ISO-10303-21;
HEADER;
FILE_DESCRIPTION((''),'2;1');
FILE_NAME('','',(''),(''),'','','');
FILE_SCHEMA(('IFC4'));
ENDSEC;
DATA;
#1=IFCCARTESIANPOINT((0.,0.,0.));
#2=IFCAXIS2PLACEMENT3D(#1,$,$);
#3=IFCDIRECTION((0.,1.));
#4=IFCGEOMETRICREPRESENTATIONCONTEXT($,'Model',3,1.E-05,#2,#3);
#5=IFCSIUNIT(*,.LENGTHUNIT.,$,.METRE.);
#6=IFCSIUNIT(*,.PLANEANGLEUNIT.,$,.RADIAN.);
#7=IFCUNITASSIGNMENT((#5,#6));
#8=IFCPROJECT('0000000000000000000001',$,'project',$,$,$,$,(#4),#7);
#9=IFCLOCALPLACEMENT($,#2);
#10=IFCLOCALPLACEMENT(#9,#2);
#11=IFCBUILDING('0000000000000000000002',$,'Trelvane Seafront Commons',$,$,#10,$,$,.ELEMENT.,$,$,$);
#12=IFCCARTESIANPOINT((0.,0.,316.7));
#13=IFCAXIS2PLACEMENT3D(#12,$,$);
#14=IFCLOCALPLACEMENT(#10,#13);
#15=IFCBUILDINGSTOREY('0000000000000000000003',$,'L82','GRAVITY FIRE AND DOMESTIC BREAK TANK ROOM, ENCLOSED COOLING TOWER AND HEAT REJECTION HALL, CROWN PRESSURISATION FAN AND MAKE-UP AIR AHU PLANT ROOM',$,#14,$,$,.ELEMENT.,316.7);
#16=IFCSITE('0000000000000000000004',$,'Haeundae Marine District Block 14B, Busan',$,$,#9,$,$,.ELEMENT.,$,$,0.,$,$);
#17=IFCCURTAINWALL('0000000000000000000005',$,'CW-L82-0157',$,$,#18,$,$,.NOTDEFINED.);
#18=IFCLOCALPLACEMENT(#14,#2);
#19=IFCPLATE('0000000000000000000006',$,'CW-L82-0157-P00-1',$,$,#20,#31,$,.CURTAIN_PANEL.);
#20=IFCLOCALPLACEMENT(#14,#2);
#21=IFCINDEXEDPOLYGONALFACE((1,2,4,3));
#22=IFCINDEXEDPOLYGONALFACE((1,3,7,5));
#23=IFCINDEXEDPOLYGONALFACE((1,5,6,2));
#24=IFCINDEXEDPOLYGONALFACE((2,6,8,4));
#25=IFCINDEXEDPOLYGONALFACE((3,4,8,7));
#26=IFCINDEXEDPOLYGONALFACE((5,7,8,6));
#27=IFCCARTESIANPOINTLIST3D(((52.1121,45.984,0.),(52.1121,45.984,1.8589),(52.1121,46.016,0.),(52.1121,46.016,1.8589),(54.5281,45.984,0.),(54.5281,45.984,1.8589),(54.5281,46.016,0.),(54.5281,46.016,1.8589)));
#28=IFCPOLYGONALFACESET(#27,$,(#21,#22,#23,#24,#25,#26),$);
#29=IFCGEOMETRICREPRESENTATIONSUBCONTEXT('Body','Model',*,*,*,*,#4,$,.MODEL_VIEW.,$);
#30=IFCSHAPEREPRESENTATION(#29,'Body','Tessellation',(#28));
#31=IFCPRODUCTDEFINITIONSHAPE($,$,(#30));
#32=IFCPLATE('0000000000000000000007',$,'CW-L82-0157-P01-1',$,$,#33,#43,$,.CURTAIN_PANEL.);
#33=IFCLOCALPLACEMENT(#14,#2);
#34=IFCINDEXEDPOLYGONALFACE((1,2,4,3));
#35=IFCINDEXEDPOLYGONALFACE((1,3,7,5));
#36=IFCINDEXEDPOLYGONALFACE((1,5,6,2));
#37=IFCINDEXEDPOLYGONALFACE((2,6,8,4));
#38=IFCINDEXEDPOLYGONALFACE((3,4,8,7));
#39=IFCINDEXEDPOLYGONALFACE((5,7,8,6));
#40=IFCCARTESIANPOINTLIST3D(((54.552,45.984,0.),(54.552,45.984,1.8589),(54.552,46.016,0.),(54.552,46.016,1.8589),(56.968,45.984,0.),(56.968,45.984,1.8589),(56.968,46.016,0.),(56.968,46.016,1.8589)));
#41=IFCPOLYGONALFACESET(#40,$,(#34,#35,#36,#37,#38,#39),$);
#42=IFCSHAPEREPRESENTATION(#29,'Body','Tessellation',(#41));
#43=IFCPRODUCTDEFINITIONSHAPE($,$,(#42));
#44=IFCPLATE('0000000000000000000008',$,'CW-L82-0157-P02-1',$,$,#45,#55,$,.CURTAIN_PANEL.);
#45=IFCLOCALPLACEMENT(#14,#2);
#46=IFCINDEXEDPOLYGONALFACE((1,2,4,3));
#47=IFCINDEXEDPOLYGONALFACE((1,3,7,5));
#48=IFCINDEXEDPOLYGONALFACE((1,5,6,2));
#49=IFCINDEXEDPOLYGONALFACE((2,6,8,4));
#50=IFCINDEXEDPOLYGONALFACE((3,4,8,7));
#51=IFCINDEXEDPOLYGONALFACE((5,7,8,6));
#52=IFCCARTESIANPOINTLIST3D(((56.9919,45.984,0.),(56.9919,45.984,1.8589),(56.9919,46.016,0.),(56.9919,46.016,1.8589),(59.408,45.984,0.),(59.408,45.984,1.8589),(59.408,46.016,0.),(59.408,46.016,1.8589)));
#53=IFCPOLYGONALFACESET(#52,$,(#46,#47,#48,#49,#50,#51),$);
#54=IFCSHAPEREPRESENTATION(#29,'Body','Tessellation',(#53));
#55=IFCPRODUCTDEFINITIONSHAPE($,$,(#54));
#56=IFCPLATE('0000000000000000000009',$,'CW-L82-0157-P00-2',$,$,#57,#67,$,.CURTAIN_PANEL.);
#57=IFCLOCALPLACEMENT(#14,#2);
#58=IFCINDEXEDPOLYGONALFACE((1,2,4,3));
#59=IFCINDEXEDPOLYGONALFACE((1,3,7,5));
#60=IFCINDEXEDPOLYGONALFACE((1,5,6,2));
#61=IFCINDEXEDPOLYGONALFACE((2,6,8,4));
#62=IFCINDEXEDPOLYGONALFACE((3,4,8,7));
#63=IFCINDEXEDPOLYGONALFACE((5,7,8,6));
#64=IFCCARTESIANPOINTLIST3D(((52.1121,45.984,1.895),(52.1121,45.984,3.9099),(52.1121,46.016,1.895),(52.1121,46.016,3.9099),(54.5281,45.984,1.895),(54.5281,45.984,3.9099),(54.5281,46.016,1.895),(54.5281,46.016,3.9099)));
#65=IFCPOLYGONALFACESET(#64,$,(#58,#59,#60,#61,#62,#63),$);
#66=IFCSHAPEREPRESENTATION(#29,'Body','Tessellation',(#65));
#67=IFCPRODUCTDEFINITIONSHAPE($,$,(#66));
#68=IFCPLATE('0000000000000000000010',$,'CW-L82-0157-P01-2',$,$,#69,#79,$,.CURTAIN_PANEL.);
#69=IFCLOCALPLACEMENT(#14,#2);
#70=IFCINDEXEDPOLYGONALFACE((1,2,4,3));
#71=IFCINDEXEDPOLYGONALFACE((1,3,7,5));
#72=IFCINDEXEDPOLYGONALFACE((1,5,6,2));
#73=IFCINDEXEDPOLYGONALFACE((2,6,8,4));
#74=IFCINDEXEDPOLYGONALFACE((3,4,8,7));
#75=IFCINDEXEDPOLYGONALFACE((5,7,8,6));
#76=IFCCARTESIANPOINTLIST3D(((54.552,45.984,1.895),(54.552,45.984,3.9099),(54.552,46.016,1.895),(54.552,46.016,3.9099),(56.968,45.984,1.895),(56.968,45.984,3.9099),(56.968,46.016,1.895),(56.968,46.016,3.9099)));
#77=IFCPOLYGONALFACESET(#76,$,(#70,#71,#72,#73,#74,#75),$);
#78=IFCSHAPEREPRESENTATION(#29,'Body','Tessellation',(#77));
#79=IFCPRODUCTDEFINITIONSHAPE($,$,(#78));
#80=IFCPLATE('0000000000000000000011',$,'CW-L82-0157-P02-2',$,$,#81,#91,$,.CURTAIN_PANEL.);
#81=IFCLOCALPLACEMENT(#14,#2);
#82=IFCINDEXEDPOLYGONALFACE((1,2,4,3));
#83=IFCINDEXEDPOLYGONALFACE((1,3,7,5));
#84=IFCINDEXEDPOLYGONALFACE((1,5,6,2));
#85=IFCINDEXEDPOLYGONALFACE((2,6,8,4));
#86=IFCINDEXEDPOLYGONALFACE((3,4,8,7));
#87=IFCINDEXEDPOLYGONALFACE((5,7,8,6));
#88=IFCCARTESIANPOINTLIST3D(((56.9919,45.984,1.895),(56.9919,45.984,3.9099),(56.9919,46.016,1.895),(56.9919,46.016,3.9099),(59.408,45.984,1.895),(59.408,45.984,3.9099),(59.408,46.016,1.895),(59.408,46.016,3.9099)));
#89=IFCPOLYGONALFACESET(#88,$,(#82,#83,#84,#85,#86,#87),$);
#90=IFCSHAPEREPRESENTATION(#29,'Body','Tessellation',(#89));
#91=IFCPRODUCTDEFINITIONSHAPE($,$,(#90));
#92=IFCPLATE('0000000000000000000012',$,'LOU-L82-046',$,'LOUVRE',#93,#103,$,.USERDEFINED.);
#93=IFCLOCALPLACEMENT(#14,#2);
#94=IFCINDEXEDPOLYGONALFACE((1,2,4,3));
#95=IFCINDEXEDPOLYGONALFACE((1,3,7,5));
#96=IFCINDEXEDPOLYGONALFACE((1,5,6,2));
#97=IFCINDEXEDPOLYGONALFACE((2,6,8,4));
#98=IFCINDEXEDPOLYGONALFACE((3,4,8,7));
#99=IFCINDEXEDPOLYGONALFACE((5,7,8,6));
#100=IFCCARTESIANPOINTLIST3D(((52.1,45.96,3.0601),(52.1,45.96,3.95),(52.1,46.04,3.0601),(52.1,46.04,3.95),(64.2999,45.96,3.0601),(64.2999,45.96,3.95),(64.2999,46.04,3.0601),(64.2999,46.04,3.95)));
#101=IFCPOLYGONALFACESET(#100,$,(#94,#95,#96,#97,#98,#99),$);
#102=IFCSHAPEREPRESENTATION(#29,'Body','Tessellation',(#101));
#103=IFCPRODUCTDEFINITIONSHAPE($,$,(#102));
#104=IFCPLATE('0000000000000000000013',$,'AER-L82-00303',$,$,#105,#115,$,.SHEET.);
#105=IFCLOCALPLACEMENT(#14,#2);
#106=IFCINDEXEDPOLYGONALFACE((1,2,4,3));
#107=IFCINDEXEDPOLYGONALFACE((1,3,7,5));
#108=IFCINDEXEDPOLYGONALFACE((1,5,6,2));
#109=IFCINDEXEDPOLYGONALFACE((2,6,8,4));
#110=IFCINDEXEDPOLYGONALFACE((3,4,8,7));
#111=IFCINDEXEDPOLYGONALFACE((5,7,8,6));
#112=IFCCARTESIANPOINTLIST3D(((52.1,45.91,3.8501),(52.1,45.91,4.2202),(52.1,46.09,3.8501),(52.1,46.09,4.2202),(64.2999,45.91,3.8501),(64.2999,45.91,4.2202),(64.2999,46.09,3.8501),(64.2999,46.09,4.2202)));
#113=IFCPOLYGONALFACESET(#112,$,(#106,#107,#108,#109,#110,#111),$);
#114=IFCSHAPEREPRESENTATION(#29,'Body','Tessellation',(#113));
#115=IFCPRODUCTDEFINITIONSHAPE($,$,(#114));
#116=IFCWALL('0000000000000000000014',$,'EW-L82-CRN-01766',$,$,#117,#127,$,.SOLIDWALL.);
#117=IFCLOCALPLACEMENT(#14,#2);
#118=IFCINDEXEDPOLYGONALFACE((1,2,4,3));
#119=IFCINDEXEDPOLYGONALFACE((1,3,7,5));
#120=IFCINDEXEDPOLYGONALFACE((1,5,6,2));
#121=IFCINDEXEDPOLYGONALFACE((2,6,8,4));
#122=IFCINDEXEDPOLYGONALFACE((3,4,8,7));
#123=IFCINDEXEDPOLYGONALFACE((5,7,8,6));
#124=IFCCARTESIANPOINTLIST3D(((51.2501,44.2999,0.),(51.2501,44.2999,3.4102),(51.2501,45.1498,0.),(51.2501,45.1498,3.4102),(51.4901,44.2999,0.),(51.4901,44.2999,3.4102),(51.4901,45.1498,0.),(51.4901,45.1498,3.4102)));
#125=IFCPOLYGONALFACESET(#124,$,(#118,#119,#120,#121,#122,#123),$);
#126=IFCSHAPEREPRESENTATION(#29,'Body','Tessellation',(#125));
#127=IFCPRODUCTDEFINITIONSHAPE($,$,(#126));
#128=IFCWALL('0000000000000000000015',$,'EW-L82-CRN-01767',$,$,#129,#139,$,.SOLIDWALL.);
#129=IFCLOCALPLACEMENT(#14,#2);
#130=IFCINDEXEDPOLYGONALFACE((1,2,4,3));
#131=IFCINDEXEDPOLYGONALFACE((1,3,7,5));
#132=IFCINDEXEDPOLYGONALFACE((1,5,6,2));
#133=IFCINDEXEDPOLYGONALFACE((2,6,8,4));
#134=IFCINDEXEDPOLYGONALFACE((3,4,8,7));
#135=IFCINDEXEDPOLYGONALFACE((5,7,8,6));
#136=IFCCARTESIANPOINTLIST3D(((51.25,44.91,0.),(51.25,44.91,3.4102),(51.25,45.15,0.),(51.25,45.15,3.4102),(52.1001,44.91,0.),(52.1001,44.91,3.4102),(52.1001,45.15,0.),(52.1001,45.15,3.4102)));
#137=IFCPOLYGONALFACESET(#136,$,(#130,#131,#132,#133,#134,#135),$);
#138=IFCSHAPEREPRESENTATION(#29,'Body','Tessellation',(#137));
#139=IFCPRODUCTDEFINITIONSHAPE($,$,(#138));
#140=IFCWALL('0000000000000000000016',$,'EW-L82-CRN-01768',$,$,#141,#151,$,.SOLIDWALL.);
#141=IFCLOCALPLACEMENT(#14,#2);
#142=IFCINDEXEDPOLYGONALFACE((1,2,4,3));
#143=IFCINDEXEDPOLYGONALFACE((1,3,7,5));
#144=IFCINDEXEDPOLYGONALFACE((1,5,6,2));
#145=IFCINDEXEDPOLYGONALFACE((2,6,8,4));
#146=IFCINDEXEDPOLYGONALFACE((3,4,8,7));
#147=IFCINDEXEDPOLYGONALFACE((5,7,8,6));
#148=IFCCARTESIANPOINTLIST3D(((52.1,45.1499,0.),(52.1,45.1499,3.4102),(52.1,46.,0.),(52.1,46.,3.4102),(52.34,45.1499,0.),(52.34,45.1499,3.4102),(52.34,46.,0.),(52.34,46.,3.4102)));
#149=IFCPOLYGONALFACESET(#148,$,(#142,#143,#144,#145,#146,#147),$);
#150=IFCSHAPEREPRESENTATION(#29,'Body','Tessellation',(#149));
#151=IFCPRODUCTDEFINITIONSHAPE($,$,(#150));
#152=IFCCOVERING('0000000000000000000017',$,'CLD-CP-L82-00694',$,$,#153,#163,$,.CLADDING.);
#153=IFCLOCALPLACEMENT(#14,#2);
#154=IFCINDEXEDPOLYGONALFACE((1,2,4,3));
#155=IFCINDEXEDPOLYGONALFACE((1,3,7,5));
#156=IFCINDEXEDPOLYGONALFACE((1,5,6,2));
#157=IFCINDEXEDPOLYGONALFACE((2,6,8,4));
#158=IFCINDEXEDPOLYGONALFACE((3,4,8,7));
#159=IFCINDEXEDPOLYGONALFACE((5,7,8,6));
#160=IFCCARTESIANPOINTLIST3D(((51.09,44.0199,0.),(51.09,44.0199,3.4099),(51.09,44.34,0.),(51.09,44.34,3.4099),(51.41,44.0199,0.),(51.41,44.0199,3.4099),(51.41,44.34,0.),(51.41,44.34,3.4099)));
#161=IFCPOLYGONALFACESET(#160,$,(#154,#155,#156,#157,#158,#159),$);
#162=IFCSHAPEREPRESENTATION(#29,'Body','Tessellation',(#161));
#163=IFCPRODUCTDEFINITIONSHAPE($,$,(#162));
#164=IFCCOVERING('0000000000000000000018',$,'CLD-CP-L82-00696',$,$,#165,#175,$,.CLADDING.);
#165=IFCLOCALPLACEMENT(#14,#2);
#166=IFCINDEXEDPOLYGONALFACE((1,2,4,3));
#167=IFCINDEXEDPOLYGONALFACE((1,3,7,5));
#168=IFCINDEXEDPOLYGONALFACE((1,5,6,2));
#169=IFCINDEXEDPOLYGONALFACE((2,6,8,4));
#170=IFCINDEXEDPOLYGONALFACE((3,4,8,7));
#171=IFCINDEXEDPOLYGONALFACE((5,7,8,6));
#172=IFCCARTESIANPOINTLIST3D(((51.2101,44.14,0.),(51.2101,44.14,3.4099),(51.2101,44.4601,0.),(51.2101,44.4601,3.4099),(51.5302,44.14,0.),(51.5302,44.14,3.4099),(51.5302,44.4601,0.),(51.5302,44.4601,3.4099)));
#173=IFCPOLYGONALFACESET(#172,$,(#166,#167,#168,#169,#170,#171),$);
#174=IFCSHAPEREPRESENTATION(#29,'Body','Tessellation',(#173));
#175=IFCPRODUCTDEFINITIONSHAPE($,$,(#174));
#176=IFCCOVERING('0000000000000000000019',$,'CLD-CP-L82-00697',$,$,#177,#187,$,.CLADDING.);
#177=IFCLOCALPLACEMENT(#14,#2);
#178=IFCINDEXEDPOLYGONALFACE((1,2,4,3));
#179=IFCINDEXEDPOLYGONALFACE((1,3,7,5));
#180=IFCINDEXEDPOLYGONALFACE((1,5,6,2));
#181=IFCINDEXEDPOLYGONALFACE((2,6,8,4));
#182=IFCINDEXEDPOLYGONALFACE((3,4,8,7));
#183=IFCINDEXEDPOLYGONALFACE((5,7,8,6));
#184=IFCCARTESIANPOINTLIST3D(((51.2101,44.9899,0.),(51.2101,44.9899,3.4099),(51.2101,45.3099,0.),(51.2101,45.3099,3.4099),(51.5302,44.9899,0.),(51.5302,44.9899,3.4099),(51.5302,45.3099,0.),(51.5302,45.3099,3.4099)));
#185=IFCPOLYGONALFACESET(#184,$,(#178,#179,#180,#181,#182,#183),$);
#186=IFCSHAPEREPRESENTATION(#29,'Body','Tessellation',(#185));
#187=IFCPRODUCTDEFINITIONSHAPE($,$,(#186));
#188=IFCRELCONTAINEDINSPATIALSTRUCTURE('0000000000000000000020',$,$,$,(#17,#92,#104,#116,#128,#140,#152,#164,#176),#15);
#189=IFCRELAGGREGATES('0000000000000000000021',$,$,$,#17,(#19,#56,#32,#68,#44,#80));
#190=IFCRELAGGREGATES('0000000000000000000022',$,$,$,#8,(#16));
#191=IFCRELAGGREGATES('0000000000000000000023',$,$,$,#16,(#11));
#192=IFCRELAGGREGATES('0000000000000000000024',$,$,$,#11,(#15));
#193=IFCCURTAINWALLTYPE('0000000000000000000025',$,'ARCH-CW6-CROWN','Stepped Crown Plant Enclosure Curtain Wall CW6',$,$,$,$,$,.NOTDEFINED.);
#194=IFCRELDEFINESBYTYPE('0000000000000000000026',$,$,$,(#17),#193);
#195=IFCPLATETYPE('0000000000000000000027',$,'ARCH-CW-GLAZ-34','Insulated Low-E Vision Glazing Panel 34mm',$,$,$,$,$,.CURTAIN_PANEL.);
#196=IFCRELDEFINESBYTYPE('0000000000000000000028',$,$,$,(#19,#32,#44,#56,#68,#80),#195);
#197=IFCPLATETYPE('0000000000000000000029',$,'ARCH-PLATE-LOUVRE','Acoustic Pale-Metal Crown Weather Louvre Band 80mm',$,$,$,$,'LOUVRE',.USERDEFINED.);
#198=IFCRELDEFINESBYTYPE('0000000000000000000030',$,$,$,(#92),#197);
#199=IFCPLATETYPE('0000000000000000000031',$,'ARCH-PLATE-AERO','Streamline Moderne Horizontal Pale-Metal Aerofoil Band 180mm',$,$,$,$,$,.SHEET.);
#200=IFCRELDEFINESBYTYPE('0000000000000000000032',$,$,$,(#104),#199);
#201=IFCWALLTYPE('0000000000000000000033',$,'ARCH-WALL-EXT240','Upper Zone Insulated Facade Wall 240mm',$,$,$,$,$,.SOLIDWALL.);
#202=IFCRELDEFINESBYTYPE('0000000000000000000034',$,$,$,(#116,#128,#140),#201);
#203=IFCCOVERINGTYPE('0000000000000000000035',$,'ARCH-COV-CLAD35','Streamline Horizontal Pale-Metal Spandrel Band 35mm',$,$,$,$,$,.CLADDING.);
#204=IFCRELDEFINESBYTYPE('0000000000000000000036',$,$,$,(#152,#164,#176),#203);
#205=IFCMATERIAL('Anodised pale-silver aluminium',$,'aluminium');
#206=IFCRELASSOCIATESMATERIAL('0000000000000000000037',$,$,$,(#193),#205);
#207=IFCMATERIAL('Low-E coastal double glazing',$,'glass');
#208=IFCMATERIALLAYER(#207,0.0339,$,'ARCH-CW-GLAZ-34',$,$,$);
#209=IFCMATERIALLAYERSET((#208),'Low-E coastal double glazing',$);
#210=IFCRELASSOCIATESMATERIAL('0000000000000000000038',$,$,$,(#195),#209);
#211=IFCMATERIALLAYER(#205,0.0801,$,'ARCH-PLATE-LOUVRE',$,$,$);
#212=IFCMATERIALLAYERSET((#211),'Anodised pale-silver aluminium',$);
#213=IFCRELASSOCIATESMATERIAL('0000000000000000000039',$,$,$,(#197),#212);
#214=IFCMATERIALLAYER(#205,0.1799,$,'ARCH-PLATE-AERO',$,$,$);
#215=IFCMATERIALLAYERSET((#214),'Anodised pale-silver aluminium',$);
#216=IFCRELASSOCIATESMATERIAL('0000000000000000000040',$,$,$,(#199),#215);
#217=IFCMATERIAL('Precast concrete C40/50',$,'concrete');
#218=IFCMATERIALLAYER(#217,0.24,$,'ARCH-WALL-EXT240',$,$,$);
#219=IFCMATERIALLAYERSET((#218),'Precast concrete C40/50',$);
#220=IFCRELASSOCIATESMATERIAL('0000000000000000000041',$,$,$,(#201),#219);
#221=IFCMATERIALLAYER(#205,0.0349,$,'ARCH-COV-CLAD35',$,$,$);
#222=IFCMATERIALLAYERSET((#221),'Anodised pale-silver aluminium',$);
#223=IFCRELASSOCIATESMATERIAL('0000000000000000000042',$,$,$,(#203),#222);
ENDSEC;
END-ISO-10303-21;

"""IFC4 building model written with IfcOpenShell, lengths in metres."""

from ifc_helpers import new_model, si_unit, direction, frame, frame_2d, origin, origin_2d, place, context, subcontext, project, spatial, rectangle, extrude, source, transform, mapped, material, layer, layer_set, type_object, element, aggregate, save


model = new_model("IFC4")

# Units and contexts
model_context = context("Model", 3, precision=1e-05, world=origin(), true_north=direction((0.0, 1.0)))
body_context = subcontext(model_context, "Body", "Model", "MODEL_VIEW")
ifc_project = project(units=[si_unit("LENGTHUNIT", "METRE"), si_unit("PLANEANGLEUNIT", "RADIAN")], contexts=[model_context])

# Site, building, storey
site_placement = place(None, origin())
site = spatial("IfcSite", under=ifc_project, at=site_placement, Name="Haeundae Marine District Block 14B, Busan", CompositionType="ELEMENT", RefElevation=0.0)
building_placement = place(site_placement, origin())
building = spatial("IfcBuilding", under=site, at=building_placement, Name="Trelvane Seafront Commons", CompositionType="ELEMENT")
storey_placement = place(building_placement, frame((0.0, 0.0, 316.7)))
storey = spatial("IfcBuildingStorey", under=building, at=storey_placement, Name="L82", Description="GRAVITY FIRE AND DOMESTIC BREAK TANK ROOM, ENCLOSED COOLING TOWER AND HEAT REJECTION HALL, CROWN PRESSURISATION FAN AND MAKE-UP AIR AHU PLANT ROOM", CompositionType="ELEMENT", Elevation=316.7)

# Curtain wall, plates
ifc_material_1 = material(Name="Anodised pale-silver aluminium", Category="aluminium")
curtain_wall_type = type_object("IfcCurtainWallType", Name="ARCH-CW6-CROWN", Description="Stepped Crown Plant Enclosure Curtain Wall CW6", PredefinedType="NOTDEFINED", material=ifc_material_1)
curtain_wall_placement = place(storey_placement, origin())
curtain_wall = element("IfcCurtainWall", 1, at=curtain_wall_placement, inside=storey, type_object=curtain_wall_type, Name="CW-L82-0157", PredefinedType="NOTDEFINED")
ifc_material_2 = material(Name="Low-E coastal double glazing", Category="glass")
ifc_layer_1 = layer(ifc_material_2, 0.0339, Name="ARCH-CW-GLAZ-34")
ifc_layer_set_1 = layer_set([ifc_layer_1], Name="Low-E coastal double glazing")
plate_type_1 = type_object("IfcPlateType", Name="ARCH-CW-GLAZ-34", Description="Insulated Low-E Vision Glazing Panel 34mm", PredefinedType="CURTAIN_PANEL", material=ifc_layer_set_1)
shared_shape_1 = source(origin(), body_context, "Body", "SweptSolid", [
    extrude(rectangle(XDim=2.416, YDim=0.032, at=origin_2d()), origin(), (0.0, 0.0, 1.0), 1.8589),
])
plate_1_placement = place(storey_placement, frame((53.3201, 46.0, 0.0), z_axis=(0.0, 0.0, 1.0), x_axis=(1.0, 0.0, 0.0)))
plate_1 = element("IfcPlate", 2, at=plate_1_placement, type_object=plate_type_1, Name="CW-L82-0157-P00-1", PredefinedType="CURTAIN_PANEL", context=body_context, shape_type="MappedRepresentation", body=[
    mapped(shared_shape_1, transform((0.0, 0.0, 0.0), x_axis=(1.0, 0.0, 0.0), y_axis=(0.0, 1.0, 0.0), z_axis=(0.0, 0.0, 1.0), scale=1.0)),
])
plate_2_placement = place(storey_placement, frame((55.76, 46.0, 0.0), z_axis=(0.0, 0.0, 1.0), x_axis=(1.0, 0.0, 0.0)))
plate_2 = element("IfcPlate", 3, at=plate_2_placement, type_object=plate_type_1, Name="CW-L82-0157-P01-1", PredefinedType="CURTAIN_PANEL", context=body_context, shape_type="MappedRepresentation", body=[
    mapped(shared_shape_1, transform((0.0, 0.0, 0.0), x_axis=(1.0, 0.0, 0.0), y_axis=(0.0, 1.0, 0.0), z_axis=(0.0, 0.0, 1.0), scale=1.0)),
])
plate_3_placement = place(storey_placement, frame((58.2, 46.0, 0.0), z_axis=(0.0, 0.0, 1.0), x_axis=(1.0, 0.0, 0.0)))
plate_3 = element("IfcPlate", 4, at=plate_3_placement, type_object=plate_type_1, Name="CW-L82-0157-P02-1", PredefinedType="CURTAIN_PANEL", context=body_context, shape_type="MappedRepresentation", body=[
    mapped(shared_shape_1, transform((0.0, 0.0, 0.0), x_axis=(1.0, 0.0, 0.0), y_axis=(0.0, 1.0, 0.0), z_axis=(0.0, 0.0, 1.0), scale=1.0)),
])
shared_shape_2 = source(origin(), body_context, "Body", "SweptSolid", [
    extrude(rectangle(XDim=2.416, YDim=0.032, at=origin_2d()), origin(), (0.0, 0.0, 1.0), 2.0149),
])
plate_4_placement = place(storey_placement, frame((53.3201, 46.0, 1.895), z_axis=(0.0, 0.0, 1.0), x_axis=(1.0, 0.0, 0.0)))
plate_4 = element("IfcPlate", 5, at=plate_4_placement, type_object=plate_type_1, Name="CW-L82-0157-P00-2", PredefinedType="CURTAIN_PANEL", context=body_context, shape_type="MappedRepresentation", body=[
    mapped(shared_shape_2, transform((0.0, 0.0, 0.0), x_axis=(1.0, 0.0, 0.0), y_axis=(0.0, 1.0, 0.0), z_axis=(0.0, 0.0, 1.0), scale=1.0)),
])
plate_5_placement = place(storey_placement, frame((55.76, 46.0, 1.895), z_axis=(0.0, 0.0, 1.0), x_axis=(1.0, 0.0, 0.0)))
plate_5 = element("IfcPlate", 6, at=plate_5_placement, type_object=plate_type_1, Name="CW-L82-0157-P01-2", PredefinedType="CURTAIN_PANEL", context=body_context, shape_type="MappedRepresentation", body=[
    mapped(shared_shape_2, transform((0.0, 0.0, 0.0), x_axis=(1.0, 0.0, 0.0), y_axis=(0.0, 1.0, 0.0), z_axis=(0.0, 0.0, 1.0), scale=1.0)),
])
plate_6_placement = place(storey_placement, frame((58.2, 46.0, 1.895), z_axis=(0.0, 0.0, 1.0), x_axis=(1.0, 0.0, 0.0)))
plate_6 = element("IfcPlate", 7, at=plate_6_placement, type_object=plate_type_1, Name="CW-L82-0157-P02-2", PredefinedType="CURTAIN_PANEL", context=body_context, shape_type="MappedRepresentation", body=[
    mapped(shared_shape_2, transform((0.0, 0.0, 0.0), x_axis=(1.0, 0.0, 0.0), y_axis=(0.0, 1.0, 0.0), z_axis=(0.0, 0.0, 1.0), scale=1.0)),
])
aggregate(curtain_wall, [plate_1, plate_4, plate_2, plate_5, plate_3, plate_6])

# Plates
ifc_layer_2 = layer(ifc_material_1, 0.0801, Name="ARCH-PLATE-LOUVRE")
ifc_layer_set_2 = layer_set([ifc_layer_2], Name="Anodised pale-silver aluminium")
plate_type_2 = type_object("IfcPlateType", Name="ARCH-PLATE-LOUVRE", Description="Acoustic Pale-Metal Crown Weather Louvre Band 80mm", ElementType="LOUVRE", PredefinedType="USERDEFINED", material=ifc_layer_set_2)
shared_shape_3 = source(origin(), body_context, "Body", "SweptSolid", [
    extrude(rectangle(XDim=12.2, YDim=0.0801, at=origin_2d()), origin(), (0.0, 0.0, 1.0), 0.8899),
])
plate_7_placement = place(storey_placement, frame((58.2, 46.0, 3.0601), z_axis=(0.0, 0.0, 1.0), x_axis=(1.0, 0.0, 0.0)))
element("IfcPlate", 8, at=plate_7_placement, inside=storey, type_object=plate_type_2, Name="LOU-L82-046", ObjectType="LOUVRE", PredefinedType="USERDEFINED", context=body_context, shape_type="MappedRepresentation", body=[
    mapped(shared_shape_3, transform((0.0, 0.0, 0.0), x_axis=(1.0, 0.0, 0.0), y_axis=(0.0, 1.0, 0.0), z_axis=(0.0, 0.0, 1.0), scale=1.0)),
])
ifc_layer_3 = layer(ifc_material_1, 0.1799, Name="ARCH-PLATE-AERO")
ifc_layer_set_3 = layer_set([ifc_layer_3], Name="Anodised pale-silver aluminium")
plate_type_3 = type_object("IfcPlateType", Name="ARCH-PLATE-AERO", Description="Streamline Moderne Horizontal Pale-Metal Aerofoil Band 180mm", PredefinedType="SHEET", material=ifc_layer_set_3)
shared_shape_4 = source(origin(), body_context, "Body", "SweptSolid", [
    extrude(rectangle(XDim=12.2, YDim=0.1799, at=origin_2d()), origin(), (0.0, 0.0, 1.0), 0.3701),
])
plate_8_placement = place(storey_placement, frame((58.2, 46.0, 3.8501), z_axis=(0.0, 0.0, 1.0), x_axis=(1.0, 0.0, 0.0)))
element("IfcPlate", 9, at=plate_8_placement, inside=storey, type_object=plate_type_3, Name="AER-L82-00303", PredefinedType="SHEET", context=body_context, shape_type="MappedRepresentation", body=[
    mapped(shared_shape_4, transform((0.0, 0.0, 0.0), x_axis=(1.0, 0.0, 0.0), y_axis=(0.0, 1.0, 0.0), z_axis=(0.0, 0.0, 1.0), scale=1.0)),
])

# Walls
ifc_material_3 = material(Name="Precast concrete C40/50", Category="concrete")
ifc_layer_4 = layer(ifc_material_3, 0.24, Name="ARCH-WALL-EXT240")
ifc_layer_set_4 = layer_set([ifc_layer_4], Name="Precast concrete C40/50")
wall_type_1 = type_object("IfcWallType", Name="ARCH-WALL-EXT240", Description="Upper Zone Insulated Facade Wall 240mm", PredefinedType="SOLIDWALL", material=ifc_layer_set_4)
wall_1_placement = place(storey_placement, frame((51.3701, 44.3, 0.0), z_axis=(0.0, 0.0, 1.0), x_axis=(0.0, 1.0, 0.0)))
element("IfcWall", 10, at=wall_1_placement, inside=storey, type_object=wall_type_1, Name="EW-L82-CRN-01766", PredefinedType="SOLIDWALL", context=body_context, shape_type="SweptSolid", body=[
    extrude(rectangle(XDim=0.8499, YDim=0.24, at=frame_2d((0.4248, 0.0))), origin(), (0.0, 0.0, 1.0), 3.4102),
])
for number, where, z_axis, x_axis, name in (
    (11, (51.25, 45.03, 0.0), (0.0, 0.0, 1.0), (1.0, 0.0, 0.0), "EW-L82-CRN-01767"),
    (12, (52.22, 45.1499, 0.0), (0.0, 0.0, 1.0), (0.0, 1.0, 0.0), "EW-L82-CRN-01768"),
):
    element("IfcWall", number, at=place(storey_placement, frame(where, z_axis=z_axis, x_axis=x_axis)), inside=storey, type_object=wall_type_1, Name=name, PredefinedType="SOLIDWALL", context=body_context, shape_type="SweptSolid", body=[
        extrude(rectangle(XDim=0.8501, YDim=0.24, at=frame_2d((0.425, 0.0))), origin(), (0.0, 0.0, 1.0), 3.4102),
    ])

# Coverings
ifc_layer_5 = layer(ifc_material_1, 0.0349, Name="ARCH-COV-CLAD35")
ifc_layer_set_5 = layer_set([ifc_layer_5], Name="Anodised pale-silver aluminium")
covering_type = type_object("IfcCoveringType", Name="ARCH-COV-CLAD35", Description="Streamline Horizontal Pale-Metal Spandrel Band 35mm", PredefinedType="CLADDING", material=ifc_layer_set_5)
shared_shape_5 = source(origin(), body_context, "Body", "SweptSolid", [
    extrude(rectangle(XDim=0.3201, YDim=0.3201, at=origin_2d()), origin(), (0.0, 0.0, 1.0), 3.4099),
])
for number, where, z_axis, x_axis, name in (
    (13, (51.25, 44.1799, 0.0), (0.0, 0.0, 1.0), (1.0, 0.0, 0.0), "CLD-CP-L82-00694"),
    (14, (51.3701, 44.3, 0.0), (0.0, 0.0, 1.0), (1.0, 0.0, 0.0), "CLD-CP-L82-00696"),
    (15, (51.3701, 45.1499, 0.0), (0.0, 0.0, 1.0), (1.0, 0.0, 0.0), "CLD-CP-L82-00697"),
):
    element("IfcCovering", number, at=place(storey_placement, frame(where, z_axis=z_axis, x_axis=x_axis)), inside=storey, type_object=covering_type, Name=name, PredefinedType="CLADDING", context=body_context, shape_type="MappedRepresentation", body=[
        mapped(shared_shape_5, transform((0.0, 0.0, 0.0), x_axis=(1.0, 0.0, 0.0), y_axis=(0.0, 1.0, 0.0), z_axis=(0.0, 0.0, 1.0), scale=1.0)),
    ])

save(model, "model.ifc")
